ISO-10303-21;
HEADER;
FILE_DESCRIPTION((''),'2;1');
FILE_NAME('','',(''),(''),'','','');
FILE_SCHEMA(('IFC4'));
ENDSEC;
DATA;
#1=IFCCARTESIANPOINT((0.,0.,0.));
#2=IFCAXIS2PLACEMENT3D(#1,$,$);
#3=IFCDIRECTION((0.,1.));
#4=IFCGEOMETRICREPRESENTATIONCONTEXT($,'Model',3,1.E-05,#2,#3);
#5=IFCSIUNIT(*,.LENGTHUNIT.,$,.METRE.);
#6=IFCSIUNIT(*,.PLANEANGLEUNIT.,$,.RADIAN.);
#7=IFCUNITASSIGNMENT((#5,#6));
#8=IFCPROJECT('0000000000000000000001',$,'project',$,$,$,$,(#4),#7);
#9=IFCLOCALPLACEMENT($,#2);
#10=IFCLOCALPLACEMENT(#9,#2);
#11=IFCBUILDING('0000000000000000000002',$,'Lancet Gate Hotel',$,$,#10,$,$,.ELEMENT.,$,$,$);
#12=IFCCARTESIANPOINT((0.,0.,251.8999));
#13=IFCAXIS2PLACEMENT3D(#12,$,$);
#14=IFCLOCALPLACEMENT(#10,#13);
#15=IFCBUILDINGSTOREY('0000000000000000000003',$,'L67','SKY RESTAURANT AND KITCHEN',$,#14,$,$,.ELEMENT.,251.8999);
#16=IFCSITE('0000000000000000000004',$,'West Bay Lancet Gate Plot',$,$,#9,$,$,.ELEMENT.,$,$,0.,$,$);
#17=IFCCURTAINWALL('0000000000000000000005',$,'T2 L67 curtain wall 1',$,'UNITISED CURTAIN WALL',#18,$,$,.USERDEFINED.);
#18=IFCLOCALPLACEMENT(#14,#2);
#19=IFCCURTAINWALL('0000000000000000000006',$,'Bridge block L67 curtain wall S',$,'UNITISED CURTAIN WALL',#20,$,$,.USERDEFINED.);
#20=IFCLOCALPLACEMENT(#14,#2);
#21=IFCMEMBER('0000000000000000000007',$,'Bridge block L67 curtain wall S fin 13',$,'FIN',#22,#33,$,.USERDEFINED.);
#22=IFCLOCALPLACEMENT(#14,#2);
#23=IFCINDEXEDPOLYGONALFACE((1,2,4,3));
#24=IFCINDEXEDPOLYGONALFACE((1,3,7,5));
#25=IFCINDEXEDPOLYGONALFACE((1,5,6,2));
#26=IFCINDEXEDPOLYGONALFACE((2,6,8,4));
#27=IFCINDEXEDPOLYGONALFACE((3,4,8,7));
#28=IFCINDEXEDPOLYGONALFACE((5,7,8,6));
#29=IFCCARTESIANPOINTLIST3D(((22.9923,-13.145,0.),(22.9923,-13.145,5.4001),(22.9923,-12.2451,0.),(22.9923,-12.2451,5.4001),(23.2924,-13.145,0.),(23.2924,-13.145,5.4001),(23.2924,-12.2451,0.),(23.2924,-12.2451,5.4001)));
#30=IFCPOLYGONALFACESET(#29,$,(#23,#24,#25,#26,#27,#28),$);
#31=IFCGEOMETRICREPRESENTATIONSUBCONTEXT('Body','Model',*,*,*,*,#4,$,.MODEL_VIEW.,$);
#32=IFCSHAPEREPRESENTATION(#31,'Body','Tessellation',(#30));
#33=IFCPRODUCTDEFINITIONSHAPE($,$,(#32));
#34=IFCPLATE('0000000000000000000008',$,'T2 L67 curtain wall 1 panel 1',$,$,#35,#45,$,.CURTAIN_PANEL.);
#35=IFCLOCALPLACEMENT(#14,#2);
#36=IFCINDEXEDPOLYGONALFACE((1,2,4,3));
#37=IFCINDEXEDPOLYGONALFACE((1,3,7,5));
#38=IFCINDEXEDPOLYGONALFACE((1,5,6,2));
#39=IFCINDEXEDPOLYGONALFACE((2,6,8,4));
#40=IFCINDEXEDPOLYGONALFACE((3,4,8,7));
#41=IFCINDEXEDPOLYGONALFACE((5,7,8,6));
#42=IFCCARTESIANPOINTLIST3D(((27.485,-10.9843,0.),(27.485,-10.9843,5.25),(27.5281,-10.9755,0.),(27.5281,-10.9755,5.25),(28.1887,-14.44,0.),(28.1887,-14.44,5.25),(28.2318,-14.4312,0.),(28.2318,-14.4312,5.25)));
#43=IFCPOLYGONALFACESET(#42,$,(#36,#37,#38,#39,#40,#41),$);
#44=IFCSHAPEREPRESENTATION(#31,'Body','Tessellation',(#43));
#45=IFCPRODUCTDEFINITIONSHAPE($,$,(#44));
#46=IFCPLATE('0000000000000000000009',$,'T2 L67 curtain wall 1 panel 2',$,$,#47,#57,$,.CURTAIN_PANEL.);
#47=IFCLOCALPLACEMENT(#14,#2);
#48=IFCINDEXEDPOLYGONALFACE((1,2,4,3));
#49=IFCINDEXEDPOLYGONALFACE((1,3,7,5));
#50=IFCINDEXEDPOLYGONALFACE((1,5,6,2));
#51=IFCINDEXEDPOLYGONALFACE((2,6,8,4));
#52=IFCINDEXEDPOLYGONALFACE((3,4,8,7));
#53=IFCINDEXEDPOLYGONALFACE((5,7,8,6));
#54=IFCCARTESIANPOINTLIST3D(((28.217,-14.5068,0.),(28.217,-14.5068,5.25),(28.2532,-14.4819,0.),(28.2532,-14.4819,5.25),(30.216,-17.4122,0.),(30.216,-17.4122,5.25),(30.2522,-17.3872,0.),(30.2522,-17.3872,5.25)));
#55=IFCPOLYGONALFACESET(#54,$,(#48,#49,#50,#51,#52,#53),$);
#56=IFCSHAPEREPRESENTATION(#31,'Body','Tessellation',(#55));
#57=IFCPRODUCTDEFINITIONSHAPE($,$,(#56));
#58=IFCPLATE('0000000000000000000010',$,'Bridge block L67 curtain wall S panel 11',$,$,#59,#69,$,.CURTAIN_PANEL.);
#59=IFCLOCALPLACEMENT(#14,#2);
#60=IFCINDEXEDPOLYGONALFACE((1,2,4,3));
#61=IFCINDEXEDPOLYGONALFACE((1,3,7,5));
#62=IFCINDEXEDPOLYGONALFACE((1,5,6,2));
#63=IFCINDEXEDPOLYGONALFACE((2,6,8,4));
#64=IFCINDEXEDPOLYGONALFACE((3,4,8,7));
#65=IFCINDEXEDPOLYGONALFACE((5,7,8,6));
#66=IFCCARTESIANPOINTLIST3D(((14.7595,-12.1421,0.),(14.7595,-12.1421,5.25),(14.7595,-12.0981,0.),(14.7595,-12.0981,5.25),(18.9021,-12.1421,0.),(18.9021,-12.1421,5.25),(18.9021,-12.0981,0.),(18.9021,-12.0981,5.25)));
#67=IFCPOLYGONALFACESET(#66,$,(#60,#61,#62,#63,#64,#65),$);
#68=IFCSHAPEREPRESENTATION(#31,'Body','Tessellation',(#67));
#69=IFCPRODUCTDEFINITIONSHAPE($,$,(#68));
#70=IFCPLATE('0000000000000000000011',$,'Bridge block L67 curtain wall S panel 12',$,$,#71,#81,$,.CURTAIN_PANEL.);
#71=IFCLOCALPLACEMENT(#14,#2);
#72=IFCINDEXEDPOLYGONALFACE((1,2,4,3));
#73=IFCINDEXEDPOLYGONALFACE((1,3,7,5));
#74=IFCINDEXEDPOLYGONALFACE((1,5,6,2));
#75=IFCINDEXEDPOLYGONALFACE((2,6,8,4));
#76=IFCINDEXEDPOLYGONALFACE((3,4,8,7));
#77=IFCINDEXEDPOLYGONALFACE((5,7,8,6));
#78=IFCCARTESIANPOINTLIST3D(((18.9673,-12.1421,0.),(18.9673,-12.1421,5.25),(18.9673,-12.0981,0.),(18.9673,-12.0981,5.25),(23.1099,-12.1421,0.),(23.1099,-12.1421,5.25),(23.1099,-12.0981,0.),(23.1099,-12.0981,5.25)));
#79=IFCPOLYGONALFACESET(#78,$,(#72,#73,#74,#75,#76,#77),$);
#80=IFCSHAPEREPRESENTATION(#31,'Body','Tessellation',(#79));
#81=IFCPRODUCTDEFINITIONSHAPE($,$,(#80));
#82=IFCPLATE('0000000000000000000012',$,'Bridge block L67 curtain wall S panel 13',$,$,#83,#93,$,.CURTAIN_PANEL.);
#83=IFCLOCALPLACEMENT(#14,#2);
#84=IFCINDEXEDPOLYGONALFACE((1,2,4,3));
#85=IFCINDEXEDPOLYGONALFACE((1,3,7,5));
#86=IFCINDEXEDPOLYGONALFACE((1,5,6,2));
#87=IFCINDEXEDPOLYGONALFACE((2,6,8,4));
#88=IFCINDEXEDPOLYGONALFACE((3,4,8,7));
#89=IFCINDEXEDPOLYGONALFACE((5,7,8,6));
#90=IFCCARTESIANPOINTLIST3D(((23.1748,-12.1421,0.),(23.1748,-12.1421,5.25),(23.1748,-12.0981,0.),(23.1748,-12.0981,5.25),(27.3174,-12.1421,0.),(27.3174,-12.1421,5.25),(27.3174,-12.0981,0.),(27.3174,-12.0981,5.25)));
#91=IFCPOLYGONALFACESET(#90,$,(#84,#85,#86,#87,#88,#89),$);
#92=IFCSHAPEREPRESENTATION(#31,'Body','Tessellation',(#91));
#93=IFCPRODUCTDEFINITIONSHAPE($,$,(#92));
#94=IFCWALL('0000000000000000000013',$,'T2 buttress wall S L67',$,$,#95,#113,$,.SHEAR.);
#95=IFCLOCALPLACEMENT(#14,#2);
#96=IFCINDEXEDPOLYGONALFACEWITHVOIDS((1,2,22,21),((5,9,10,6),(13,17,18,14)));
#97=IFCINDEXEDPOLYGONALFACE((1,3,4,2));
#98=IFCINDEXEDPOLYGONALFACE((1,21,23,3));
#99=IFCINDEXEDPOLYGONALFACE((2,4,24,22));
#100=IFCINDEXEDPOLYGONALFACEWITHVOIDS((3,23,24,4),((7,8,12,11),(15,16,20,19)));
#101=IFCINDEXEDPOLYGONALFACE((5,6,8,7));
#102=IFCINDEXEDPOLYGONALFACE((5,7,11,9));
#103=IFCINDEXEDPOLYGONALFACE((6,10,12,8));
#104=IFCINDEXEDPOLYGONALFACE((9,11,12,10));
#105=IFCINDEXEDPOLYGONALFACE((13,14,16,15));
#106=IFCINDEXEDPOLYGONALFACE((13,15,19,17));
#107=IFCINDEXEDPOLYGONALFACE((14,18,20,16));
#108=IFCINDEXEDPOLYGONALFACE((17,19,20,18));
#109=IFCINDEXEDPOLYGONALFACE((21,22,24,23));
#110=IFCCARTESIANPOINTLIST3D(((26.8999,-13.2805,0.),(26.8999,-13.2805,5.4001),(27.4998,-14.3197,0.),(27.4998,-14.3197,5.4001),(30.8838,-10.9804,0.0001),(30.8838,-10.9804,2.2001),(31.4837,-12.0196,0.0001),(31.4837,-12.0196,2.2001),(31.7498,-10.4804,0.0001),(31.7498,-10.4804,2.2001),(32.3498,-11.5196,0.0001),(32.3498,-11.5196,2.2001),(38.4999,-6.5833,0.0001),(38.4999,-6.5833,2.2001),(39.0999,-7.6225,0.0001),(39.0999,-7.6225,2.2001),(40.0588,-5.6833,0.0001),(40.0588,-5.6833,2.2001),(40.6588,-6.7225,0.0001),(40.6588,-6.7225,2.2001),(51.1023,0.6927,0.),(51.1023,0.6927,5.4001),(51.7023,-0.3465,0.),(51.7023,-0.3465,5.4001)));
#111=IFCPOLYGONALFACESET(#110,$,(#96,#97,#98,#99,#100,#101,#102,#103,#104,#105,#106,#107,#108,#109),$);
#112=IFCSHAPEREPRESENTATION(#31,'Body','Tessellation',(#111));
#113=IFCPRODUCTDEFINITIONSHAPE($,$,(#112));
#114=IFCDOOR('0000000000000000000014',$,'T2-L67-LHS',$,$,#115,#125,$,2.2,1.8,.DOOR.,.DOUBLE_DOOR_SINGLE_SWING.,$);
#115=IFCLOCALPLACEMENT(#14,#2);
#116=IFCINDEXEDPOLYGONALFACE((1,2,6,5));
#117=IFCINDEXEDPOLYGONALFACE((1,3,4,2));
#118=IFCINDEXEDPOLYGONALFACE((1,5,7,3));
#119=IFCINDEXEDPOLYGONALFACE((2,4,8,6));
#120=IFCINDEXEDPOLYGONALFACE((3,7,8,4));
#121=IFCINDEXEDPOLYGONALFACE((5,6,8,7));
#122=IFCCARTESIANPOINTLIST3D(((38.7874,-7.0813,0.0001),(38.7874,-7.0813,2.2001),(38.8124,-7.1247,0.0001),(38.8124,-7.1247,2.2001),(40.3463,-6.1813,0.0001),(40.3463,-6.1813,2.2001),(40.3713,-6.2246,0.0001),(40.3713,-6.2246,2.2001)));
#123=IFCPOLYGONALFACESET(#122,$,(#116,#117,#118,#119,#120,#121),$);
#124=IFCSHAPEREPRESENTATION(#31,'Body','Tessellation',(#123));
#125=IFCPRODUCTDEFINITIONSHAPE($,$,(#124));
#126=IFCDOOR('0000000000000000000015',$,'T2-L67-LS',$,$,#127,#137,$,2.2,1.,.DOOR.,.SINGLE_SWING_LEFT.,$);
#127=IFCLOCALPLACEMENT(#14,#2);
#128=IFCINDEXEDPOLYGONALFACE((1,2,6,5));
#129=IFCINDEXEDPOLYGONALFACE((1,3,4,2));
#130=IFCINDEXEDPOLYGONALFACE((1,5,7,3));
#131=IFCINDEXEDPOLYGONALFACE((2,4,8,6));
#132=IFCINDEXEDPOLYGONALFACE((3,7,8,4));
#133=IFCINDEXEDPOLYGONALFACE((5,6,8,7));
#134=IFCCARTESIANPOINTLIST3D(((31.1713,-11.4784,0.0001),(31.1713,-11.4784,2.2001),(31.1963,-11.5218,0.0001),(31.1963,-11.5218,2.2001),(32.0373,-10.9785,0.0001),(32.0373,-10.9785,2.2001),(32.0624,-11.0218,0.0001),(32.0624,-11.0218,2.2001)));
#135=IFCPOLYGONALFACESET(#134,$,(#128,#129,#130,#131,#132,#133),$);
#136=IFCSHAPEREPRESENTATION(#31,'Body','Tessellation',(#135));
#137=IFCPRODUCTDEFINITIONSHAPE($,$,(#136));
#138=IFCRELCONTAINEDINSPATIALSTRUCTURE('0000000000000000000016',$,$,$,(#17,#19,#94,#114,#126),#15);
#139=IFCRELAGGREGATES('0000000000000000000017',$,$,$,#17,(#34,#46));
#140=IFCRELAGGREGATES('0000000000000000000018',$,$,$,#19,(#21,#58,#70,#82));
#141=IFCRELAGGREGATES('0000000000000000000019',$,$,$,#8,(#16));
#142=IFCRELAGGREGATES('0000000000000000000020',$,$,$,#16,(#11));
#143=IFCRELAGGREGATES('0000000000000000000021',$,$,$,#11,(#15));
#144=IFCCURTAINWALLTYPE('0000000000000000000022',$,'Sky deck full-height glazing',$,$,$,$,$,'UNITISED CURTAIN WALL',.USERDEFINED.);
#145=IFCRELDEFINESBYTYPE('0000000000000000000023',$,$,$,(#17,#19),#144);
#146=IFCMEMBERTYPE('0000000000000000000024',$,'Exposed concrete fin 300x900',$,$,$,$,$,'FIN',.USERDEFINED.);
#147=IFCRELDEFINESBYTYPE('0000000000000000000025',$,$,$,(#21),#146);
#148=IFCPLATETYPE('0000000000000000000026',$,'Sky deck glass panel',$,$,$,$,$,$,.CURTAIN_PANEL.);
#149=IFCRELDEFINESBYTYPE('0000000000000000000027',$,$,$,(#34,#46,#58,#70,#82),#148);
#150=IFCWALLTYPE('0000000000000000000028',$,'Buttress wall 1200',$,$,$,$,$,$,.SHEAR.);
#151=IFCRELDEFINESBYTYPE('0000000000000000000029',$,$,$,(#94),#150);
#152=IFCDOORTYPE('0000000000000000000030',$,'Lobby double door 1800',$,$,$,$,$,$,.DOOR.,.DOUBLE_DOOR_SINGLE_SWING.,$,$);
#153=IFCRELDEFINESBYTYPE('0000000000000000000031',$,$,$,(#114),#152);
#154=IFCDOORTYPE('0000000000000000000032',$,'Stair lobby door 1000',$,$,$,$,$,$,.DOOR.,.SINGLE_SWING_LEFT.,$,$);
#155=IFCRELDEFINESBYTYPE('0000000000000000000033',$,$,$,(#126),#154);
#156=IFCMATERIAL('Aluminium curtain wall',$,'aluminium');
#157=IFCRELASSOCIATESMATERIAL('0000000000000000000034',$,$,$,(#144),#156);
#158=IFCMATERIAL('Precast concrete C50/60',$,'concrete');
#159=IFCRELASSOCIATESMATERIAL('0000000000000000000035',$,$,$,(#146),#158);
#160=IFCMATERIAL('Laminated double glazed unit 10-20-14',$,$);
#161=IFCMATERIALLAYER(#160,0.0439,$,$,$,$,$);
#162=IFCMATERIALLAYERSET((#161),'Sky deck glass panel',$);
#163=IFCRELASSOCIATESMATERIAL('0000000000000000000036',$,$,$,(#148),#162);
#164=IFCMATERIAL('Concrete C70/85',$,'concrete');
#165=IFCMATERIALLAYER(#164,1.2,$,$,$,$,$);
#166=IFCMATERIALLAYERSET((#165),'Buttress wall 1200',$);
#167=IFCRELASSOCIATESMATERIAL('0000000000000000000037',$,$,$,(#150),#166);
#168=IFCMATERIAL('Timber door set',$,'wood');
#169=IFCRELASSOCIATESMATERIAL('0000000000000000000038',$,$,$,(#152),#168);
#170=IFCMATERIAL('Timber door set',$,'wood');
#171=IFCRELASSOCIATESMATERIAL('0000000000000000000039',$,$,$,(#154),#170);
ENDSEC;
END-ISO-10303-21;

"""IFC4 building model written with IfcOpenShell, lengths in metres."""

from ifc_helpers import new_model, si_unit, direction, frame, frame_2d, origin, origin_2d, place, context, subcontext, project, spatial, rectangle, extrude, material, layer, layer_set, material_profile, profile_set, type_object, element, fill, aggregate, save


model = new_model("IFC4")

# Units and contexts
model_context = context("Model", 3, precision=1e-05, world=origin(), true_north=direction((0.0, 1.0)))
body_context = subcontext(model_context, "Body", "Model", "MODEL_VIEW")
ifc_project = project(units=[si_unit("LENGTHUNIT", "METRE"), si_unit("PLANEANGLEUNIT", "RADIAN")], contexts=[model_context])

# Site, building, storey
site_placement = place(None, origin())
site = spatial("IfcSite", under=ifc_project, at=site_placement, Name="West Bay Lancet Gate Plot", CompositionType="ELEMENT", RefElevation=0.0)
building_placement = place(site_placement, origin())
building = spatial("IfcBuilding", under=site, at=building_placement, Name="Lancet Gate Hotel", CompositionType="ELEMENT")
storey_placement = place(building_placement, frame((0.0, 0.0, 251.8999)))
storey = spatial("IfcBuildingStorey", under=building, at=storey_placement, Name="L67", Description="SKY RESTAURANT AND KITCHEN", CompositionType="ELEMENT", Elevation=251.8999)

# Curtain wall
ifc_material_1 = material(Name="Aluminium curtain wall", Category="aluminium")
curtain_wall_type = type_object("IfcCurtainWallType", Name="Sky deck full-height glazing", ElementType="UNITISED CURTAIN WALL", PredefinedType="USERDEFINED", material=ifc_material_1)
curtain_wall_1_placement = place(storey_placement, origin())
curtain_wall_1 = element("IfcCurtainWall", 1, at=curtain_wall_1_placement, inside=storey, type_object=curtain_wall_type, Name="T2 L67 curtain wall 1", ObjectType="UNITISED CURTAIN WALL", PredefinedType="USERDEFINED")

# Curtain wall
curtain_wall_2_placement = place(storey_placement, origin())
curtain_wall_2 = element("IfcCurtainWall", 2, at=curtain_wall_2_placement, inside=storey, type_object=curtain_wall_type, Name="Bridge block L67 curtain wall S", ObjectType="UNITISED CURTAIN WALL", PredefinedType="USERDEFINED")

# Member
ifc_material_2 = material(Name="Precast concrete C50/60", Category="concrete")
ifc_material_profile_1 = material_profile(ifc_material_2, rectangle(XDim=0.3, YDim=0.8999, at=origin_2d()), Name="FIN 300x900")
ifc_profile_set_1 = profile_set([ifc_material_profile_1], Name="Precast concrete C50/60")
member_type_1 = type_object("IfcMemberType", Name="Exposed concrete fin 300x900", ElementType="FIN", PredefinedType="USERDEFINED", material=ifc_profile_set_1)
member_1_placement = place(storey_placement, frame((23.1423, -12.6951, 0.0), z_axis=(0.0, 0.0, 1.0), x_axis=(1.0, 0.0, 0.0)))
member_1 = element("IfcMember", 3, at=member_1_placement, type_object=member_type_1, Name="Bridge block L67 curtain wall S fin 13", ObjectType="FIN", PredefinedType="USERDEFINED", context=body_context, shape_type="SweptSolid", body=[
    extrude(rectangle(XDim=0.3, YDim=0.8999, at=origin_2d()), origin(), (0.0, 0.0, 1.0), 5.4001),
])

# Plates
ifc_material_3 = material(Name="Laminated double glazed unit 10-20-14")
ifc_layer_1 = layer(ifc_material_3, 0.0439)
ifc_layer_set_1 = layer_set([ifc_layer_1], Name="Sky deck glass panel")
plate_type = type_object("IfcPlateType", Name="Sky deck glass panel", PredefinedType="CURTAIN_PANEL", material=ifc_layer_set_1)
plate_1_placement = place(storey_placement, frame((27.8584, -12.7078, 0.0), z_axis=(0.0, 0.0, 1.0), x_axis=(0.199533, -0.979891, 0.0)))
plate_1 = element("IfcPlate", 4, at=plate_1_placement, type_object=plate_type, Name="T2 L67 curtain wall 1 panel 1", PredefinedType="CURTAIN_PANEL", context=body_context, shape_type="SweptSolid", body=[
    extrude(rectangle(XDim=3.5266, YDim=0.0439, at=origin_2d()), origin(), (0.0, 0.0, 1.0), 5.25),
])
plate_2_placement = place(storey_placement, frame((29.2346, -15.947, 0.0), z_axis=(0.0, 0.0, 1.0), x_axis=(0.566824, -0.823839, 0.0)))
plate_2 = element("IfcPlate", 5, at=plate_2_placement, type_object=plate_type, Name="T2 L67 curtain wall 1 panel 2", PredefinedType="CURTAIN_PANEL", context=body_context, shape_type="SweptSolid", body=[
    extrude(rectangle(XDim=3.5266, YDim=0.0439, at=origin_2d()), origin(), (0.0, 0.0, 1.0), 5.25),
])
aggregate(curtain_wall_1, [plate_1, plate_2])
plate_3_placement = place(storey_placement, frame((16.8308, -12.1201, 0.0), z_axis=(0.0, 0.0, 1.0), x_axis=(1.0, 0.0, 0.0)))
plate_3 = element("IfcPlate", 6, at=plate_3_placement, type_object=plate_type, Name="Bridge block L67 curtain wall S panel 11", PredefinedType="CURTAIN_PANEL", context=body_context, shape_type="SweptSolid", body=[
    extrude(rectangle(XDim=4.1426, YDim=0.0439, at=origin_2d()), origin(), (0.0, 0.0, 1.0), 5.25),
])
plate_4_placement = place(storey_placement, frame((21.0386, -12.1201, 0.0), z_axis=(0.0, 0.0, 1.0), x_axis=(1.0, 0.0, 0.0)))
plate_4 = element("IfcPlate", 7, at=plate_4_placement, type_object=plate_type, Name="Bridge block L67 curtain wall S panel 12", PredefinedType="CURTAIN_PANEL", context=body_context, shape_type="SweptSolid", body=[
    extrude(rectangle(XDim=4.1426, YDim=0.0439, at=origin_2d()), origin(), (0.0, 0.0, 1.0), 5.25),
])
plate_5_placement = place(storey_placement, frame((25.2461, -12.1201, 0.0), z_axis=(0.0, 0.0, 1.0), x_axis=(1.0, 0.0, 0.0)))
plate_5 = element("IfcPlate", 8, at=plate_5_placement, type_object=plate_type, Name="Bridge block L67 curtain wall S panel 13", PredefinedType="CURTAIN_PANEL", context=body_context, shape_type="SweptSolid", body=[
    extrude(rectangle(XDim=4.1426, YDim=0.0439, at=origin_2d()), origin(), (0.0, 0.0, 1.0), 5.25),
])
aggregate(curtain_wall_2, [member_1, plate_3, plate_4, plate_5])

# Wall, openings, doors
ifc_material_4 = material(Name="Concrete C70/85", Category="concrete")
ifc_layer_2 = layer(ifc_material_4, 1.2)
ifc_layer_set_2 = layer_set([ifc_layer_2], Name="Buttress wall 1200")
wall_type_1 = type_object("IfcWallType", Name="Buttress wall 1200", PredefinedType="SHEAR", material=ifc_layer_set_2)
wall_1_placement = place(storey_placement, frame((27.2, -13.8, 0.0), z_axis=(0.0, 0.0, 1.0), x_axis=(0.866027, 0.499997, 0.0)))
wall_1 = element("IfcWall", 9, at=wall_1_placement, inside=storey, type_object=wall_type_1, Name="T2 buttress wall S L67", PredefinedType="SHEAR", context=body_context, shape_type="SweptSolid", body=[
    extrude(rectangle(XDim=27.9465, YDim=1.2, at=frame_2d((13.9731, 0.0))), origin(), (0.0, 0.0, 1.0), 5.4001),
])
opening_1_placement = place(wall_1_placement, frame((4.6001, 0.0, 0.0)))
opening_1 = element("IfcOpeningElement", 10, at=opening_1_placement, cuts=wall_1, PredefinedType="OPENING", context=body_context, shape_type="SweptSolid", body=[
    extrude(rectangle(XDim=1.0, YDim=2.2, at=frame_2d((0.5, 1.1001))), frame((0.0, 0.6099, 0.0), z_axis=(0.0, -1.0, 0.0), x_axis=(1.0, 0.0, 0.0)), (0.0, 0.0, 1.0), 1.22),
])
opening_2_placement = place(wall_1_placement, frame((13.3945, 0.0, 0.0)))
opening_2 = element("IfcOpeningElement", 11, at=opening_2_placement, cuts=wall_1, PredefinedType="OPENING", context=body_context, shape_type="SweptSolid", body=[
    extrude(rectangle(XDim=1.8, YDim=2.2, at=frame_2d((0.8999, 1.1001))), frame((0.0, 0.6099, 0.0), z_axis=(0.0, -1.0, 0.0), x_axis=(1.0, 0.0, 0.0)), (0.0, 0.0, 1.0), 1.22),
])
ifc_material_5 = material(Name="Timber door set", Category="wood")
door_type_1 = type_object("IfcDoorType", Name="Lobby double door 1800", OperationType="DOUBLE_DOOR_SINGLE_SWING", PredefinedType="DOOR", material=ifc_material_5)
door_1_placement = place(opening_2_placement, origin())
door_1 = element("IfcDoor", 12, at=door_1_placement, inside=storey, type_object=door_type_1, Name="T2-L67-LHS", OperationType="DOUBLE_DOOR_SINGLE_SWING", OverallHeight=2.2, OverallWidth=1.8, PredefinedType="DOOR", context=body_context, shape_type="SweptSolid", body=[
    extrude(rectangle(XDim=1.8, YDim=2.2, at=frame_2d((0.8999, 1.1001))), frame((0.0, 0.0249, 0.0), z_axis=(0.0, -1.0, 0.0), x_axis=(1.0, 0.0, 0.0)), (0.0, 0.0, 1.0), 0.05),
])
fill(opening_2, door_1)
ifc_material_6 = material(Name="Timber door set", Category="wood")
door_type_2 = type_object("IfcDoorType", Name="Stair lobby door 1000", OperationType="SINGLE_SWING_LEFT", PredefinedType="DOOR", material=ifc_material_6)
door_2_placement = place(opening_1_placement, origin())
door_2 = element("IfcDoor", 13, at=door_2_placement, inside=storey, type_object=door_type_2, Name="T2-L67-LS", OperationType="SINGLE_SWING_LEFT", OverallHeight=2.2, OverallWidth=1.0, PredefinedType="DOOR", context=body_context, shape_type="SweptSolid", body=[
    extrude(rectangle(XDim=1.0, YDim=2.2, at=frame_2d((0.5, 1.1001))), frame((0.0, 0.0249, 0.0), z_axis=(0.0, -1.0, 0.0), x_axis=(1.0, 0.0, 0.0)), (0.0, 0.0, 1.0), 0.05),
])
fill(opening_1, door_2)

save(model, "model.ifc")
